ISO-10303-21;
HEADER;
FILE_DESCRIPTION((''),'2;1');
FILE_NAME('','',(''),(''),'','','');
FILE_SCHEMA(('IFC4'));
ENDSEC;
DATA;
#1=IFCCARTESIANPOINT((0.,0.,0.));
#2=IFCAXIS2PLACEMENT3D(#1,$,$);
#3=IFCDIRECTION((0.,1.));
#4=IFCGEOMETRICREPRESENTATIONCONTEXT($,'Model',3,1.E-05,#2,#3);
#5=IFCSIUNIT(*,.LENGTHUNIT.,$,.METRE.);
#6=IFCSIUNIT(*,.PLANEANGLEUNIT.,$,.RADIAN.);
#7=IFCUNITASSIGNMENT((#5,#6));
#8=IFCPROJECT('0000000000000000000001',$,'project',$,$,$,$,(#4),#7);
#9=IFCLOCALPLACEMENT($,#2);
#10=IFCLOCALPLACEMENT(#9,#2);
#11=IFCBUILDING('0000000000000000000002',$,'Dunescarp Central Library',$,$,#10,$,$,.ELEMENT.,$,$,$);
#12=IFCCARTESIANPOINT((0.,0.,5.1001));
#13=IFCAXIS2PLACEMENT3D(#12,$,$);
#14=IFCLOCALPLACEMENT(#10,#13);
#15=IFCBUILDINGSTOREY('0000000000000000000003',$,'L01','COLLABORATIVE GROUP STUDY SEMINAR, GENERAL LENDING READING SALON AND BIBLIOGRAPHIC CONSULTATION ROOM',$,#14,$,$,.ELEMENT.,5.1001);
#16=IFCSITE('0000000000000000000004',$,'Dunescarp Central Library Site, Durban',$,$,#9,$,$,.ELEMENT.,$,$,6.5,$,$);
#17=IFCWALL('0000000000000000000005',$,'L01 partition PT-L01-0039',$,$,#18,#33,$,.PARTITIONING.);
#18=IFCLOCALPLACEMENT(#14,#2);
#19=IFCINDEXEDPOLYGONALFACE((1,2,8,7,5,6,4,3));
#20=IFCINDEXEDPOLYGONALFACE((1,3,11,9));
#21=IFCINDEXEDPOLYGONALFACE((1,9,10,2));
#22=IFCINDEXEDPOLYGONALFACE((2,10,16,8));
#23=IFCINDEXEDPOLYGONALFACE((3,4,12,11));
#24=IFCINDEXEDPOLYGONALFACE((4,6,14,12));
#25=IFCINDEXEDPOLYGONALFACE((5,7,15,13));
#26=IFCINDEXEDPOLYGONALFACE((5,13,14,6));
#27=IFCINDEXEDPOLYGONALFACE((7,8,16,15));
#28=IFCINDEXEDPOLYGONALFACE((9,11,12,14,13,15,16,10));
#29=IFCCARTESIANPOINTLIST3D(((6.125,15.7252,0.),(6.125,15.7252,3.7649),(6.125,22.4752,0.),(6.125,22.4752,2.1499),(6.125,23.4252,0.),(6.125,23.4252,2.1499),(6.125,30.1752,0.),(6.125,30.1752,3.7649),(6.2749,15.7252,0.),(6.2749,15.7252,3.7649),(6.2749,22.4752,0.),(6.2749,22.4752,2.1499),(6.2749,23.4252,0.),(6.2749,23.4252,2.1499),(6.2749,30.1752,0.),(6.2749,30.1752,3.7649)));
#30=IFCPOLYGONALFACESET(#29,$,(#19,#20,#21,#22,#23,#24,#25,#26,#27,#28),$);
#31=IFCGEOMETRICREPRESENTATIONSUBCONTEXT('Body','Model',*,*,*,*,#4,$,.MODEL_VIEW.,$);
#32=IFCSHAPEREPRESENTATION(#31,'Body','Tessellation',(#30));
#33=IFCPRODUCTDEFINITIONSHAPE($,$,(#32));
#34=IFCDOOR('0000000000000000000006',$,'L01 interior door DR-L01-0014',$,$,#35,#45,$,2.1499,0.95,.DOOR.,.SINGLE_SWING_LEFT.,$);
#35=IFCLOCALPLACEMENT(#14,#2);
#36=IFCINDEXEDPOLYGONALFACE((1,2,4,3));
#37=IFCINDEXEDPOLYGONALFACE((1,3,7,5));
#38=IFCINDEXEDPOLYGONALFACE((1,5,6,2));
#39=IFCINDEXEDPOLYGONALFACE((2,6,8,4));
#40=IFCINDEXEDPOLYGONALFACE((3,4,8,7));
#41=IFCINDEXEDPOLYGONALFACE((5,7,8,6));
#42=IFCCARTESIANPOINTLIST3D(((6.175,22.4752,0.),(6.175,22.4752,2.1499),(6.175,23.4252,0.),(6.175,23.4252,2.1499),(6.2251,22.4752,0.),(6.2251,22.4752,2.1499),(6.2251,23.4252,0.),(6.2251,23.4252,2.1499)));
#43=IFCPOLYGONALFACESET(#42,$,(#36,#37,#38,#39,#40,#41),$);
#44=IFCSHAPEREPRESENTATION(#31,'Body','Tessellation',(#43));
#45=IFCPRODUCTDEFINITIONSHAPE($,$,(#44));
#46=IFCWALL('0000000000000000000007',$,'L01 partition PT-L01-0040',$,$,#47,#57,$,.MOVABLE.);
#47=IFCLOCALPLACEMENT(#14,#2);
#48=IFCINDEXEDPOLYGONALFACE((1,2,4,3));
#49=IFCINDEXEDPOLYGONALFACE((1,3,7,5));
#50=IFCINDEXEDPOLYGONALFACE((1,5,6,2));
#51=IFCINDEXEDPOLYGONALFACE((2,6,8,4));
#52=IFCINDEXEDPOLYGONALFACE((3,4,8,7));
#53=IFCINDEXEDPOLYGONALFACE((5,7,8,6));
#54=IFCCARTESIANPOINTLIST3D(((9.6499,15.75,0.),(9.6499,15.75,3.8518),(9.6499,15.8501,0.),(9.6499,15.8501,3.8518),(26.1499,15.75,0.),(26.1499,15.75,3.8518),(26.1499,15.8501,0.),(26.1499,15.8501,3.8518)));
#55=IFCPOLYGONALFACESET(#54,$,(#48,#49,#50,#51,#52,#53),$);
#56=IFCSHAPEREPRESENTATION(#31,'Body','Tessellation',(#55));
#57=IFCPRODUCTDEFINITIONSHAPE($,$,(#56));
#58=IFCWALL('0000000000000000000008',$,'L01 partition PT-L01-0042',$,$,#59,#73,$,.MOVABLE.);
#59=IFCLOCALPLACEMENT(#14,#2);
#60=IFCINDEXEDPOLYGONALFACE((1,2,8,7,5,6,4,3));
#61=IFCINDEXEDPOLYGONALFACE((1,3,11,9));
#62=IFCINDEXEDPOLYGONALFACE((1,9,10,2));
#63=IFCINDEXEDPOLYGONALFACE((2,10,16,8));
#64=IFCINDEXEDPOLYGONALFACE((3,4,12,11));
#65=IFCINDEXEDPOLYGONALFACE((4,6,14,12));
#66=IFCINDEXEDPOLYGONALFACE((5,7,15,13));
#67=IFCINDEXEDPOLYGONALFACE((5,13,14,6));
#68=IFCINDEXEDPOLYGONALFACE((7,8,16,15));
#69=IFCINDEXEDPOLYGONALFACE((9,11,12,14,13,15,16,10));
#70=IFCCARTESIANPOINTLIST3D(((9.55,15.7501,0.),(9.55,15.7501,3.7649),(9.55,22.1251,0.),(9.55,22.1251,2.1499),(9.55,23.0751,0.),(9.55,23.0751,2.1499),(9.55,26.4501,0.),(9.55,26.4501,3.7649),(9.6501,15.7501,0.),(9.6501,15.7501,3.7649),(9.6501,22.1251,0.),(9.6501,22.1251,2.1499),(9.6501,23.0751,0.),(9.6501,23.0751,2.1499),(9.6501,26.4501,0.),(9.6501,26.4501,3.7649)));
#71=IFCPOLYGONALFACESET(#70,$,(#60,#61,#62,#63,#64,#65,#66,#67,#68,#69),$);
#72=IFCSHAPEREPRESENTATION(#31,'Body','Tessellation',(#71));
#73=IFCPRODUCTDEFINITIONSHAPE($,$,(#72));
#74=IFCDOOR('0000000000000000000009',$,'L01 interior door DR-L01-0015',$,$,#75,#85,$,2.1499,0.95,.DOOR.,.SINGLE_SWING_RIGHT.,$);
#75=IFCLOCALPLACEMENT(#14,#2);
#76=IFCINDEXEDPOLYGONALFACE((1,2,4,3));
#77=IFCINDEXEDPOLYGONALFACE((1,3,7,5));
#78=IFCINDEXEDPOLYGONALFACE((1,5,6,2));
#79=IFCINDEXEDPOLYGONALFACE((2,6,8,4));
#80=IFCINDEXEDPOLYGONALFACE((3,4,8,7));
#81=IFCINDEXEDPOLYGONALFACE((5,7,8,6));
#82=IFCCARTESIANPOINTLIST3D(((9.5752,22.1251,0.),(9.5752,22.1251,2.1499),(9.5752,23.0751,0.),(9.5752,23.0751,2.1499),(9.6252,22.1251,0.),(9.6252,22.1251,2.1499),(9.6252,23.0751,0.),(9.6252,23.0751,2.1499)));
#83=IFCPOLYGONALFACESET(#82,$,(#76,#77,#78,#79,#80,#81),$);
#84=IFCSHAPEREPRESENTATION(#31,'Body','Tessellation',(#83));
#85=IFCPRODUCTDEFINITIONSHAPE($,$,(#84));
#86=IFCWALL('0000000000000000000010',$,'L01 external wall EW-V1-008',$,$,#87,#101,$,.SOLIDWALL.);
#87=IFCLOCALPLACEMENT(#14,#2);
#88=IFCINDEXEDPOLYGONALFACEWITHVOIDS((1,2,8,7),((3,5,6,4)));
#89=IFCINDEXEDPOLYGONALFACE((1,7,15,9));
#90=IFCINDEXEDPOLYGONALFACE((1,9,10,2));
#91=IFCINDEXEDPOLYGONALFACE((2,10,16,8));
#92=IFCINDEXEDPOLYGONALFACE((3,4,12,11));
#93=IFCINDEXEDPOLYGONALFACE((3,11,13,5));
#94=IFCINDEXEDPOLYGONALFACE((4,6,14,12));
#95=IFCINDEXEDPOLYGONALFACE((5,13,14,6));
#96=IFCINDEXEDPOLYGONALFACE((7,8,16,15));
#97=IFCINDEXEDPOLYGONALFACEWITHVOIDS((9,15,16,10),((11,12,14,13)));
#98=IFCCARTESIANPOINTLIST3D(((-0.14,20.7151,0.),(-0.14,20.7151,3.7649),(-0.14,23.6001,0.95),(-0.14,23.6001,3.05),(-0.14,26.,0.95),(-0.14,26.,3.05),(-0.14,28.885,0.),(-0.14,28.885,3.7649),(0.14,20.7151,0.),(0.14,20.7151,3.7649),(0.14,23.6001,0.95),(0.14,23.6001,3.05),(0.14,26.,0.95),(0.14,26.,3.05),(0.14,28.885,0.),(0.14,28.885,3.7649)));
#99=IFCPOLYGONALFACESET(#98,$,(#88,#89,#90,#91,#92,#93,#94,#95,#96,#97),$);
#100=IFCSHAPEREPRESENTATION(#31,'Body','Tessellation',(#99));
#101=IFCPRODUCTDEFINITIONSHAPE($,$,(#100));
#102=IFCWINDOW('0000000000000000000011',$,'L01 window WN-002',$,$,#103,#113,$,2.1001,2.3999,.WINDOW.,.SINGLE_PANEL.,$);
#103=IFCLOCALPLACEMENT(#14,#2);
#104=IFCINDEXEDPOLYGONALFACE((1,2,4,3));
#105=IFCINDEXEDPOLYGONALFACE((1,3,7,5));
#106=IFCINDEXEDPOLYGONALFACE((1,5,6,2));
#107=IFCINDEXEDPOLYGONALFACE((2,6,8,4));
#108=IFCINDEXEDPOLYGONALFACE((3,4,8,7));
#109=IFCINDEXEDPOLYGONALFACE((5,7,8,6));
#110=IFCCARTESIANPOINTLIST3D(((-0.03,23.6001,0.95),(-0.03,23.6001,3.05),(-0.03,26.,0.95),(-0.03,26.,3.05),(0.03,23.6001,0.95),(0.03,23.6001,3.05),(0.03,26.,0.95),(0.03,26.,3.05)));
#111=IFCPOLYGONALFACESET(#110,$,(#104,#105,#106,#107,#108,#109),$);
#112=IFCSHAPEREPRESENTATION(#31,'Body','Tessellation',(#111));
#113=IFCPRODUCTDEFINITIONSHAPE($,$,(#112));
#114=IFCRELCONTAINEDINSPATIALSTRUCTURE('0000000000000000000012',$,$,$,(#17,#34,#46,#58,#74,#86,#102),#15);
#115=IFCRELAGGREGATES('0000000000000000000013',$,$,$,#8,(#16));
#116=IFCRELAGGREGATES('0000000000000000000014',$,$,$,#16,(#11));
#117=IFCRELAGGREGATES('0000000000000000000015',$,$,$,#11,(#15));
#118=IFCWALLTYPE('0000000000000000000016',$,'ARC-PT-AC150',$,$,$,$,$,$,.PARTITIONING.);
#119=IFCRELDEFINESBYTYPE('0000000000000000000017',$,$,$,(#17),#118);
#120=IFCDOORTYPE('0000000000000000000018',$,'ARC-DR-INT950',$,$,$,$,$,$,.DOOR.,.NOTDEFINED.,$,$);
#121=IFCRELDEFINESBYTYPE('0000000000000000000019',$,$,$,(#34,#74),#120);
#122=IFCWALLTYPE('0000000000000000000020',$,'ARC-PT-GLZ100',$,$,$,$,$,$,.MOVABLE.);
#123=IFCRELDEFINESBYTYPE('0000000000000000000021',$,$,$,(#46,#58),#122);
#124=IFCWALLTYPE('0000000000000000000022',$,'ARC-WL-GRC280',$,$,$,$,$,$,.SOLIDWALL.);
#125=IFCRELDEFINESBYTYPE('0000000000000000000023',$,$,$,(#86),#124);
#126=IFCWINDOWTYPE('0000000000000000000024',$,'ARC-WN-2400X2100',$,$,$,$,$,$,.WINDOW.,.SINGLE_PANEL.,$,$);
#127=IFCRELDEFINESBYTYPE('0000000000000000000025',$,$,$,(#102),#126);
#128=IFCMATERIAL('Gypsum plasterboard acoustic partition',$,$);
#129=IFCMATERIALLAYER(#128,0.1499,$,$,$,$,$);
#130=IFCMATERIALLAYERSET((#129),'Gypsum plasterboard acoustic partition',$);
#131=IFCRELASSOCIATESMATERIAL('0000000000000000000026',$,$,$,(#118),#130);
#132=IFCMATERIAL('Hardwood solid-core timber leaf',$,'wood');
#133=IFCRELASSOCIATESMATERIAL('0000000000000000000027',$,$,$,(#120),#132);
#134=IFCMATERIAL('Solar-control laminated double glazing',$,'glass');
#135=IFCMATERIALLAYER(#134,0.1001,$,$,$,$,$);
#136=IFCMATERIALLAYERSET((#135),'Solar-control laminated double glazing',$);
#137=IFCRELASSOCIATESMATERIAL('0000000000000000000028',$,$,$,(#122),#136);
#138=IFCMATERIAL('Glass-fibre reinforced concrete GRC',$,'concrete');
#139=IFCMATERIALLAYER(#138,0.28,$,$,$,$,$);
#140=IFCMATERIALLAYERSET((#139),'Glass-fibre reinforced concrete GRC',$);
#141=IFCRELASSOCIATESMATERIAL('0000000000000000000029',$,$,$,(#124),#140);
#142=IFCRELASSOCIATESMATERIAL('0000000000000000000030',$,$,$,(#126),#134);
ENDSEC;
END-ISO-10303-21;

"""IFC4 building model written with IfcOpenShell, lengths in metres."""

from ifc_helpers import new_model, si_unit, direction, frame, frame_2d, origin, place, context, subcontext, project, spatial, rectangle, extrude, material, layer, layer_set, type_object, element, fill, save


model = new_model("IFC4")

# Units and contexts
model_context = context("Model", 3, precision=1e-05, world=origin(), true_north=direction((0.0, 1.0)))
body_context = subcontext(model_context, "Body", "Model", "MODEL_VIEW")
ifc_project = project(units=[si_unit("LENGTHUNIT", "METRE"), si_unit("PLANEANGLEUNIT", "RADIAN")], contexts=[model_context])

# Site, building, storey
site_placement = place(None, origin())
site = spatial("IfcSite", under=ifc_project, at=site_placement, Name="Dunescarp Central Library Site, Durban", CompositionType="ELEMENT", RefElevation=6.5)
building_placement = place(site_placement, origin())
building = spatial("IfcBuilding", under=site, at=building_placement, Name="Dunescarp Central Library", CompositionType="ELEMENT")
storey_placement = place(building_placement, frame((0.0, 0.0, 5.1001)))
storey = spatial("IfcBuildingStorey", under=building, at=storey_placement, Name="L01", Description="COLLABORATIVE GROUP STUDY SEMINAR, GENERAL LENDING READING SALON AND BIBLIOGRAPHIC CONSULTATION ROOM", CompositionType="ELEMENT", Elevation=5.1001)

# Shared definitions
ifc_material_1 = material(Name="Solar-control laminated double glazing", Category="glass")

# Shared definitions
ifc_material_2 = material(Name="Gypsum plasterboard acoustic partition")
ifc_layer_1 = layer(ifc_material_2, 0.1499)
ifc_layer_set_1 = layer_set([ifc_layer_1], Name="Gypsum plasterboard acoustic partition")
wall_type_1 = type_object("IfcWallType", Name="ARC-PT-AC150", PredefinedType="PARTITIONING", material=ifc_layer_set_1)

# Wall, opening, door
wall_1_placement = place(storey_placement, frame((6.2, 15.7251, 0.0), z_axis=(0.0, 0.0, 1.0), x_axis=(0.0, 1.0, 0.0)))
wall_1 = element("IfcWall", 1, at=wall_1_placement, inside=storey, type_object=wall_type_1, Name="L01 partition PT-L01-0039", PredefinedType="PARTITIONING", context=body_context, shape_type="SweptSolid", body=[
    extrude(rectangle(XDim=14.45, YDim=0.1499, at=frame_2d((7.2251, 0.0))), origin(), (0.0, 0.0, 1.0), 3.7649),
])
opening_1_placement = place(wall_1_placement, frame((6.75, 0.0, 0.0)))
opening_1 = element("IfcOpeningElement", 2, at=opening_1_placement, cuts=wall_1, PredefinedType="OPENING", context=body_context, shape_type="SweptSolid", body=[
    extrude(rectangle(XDim=0.95, YDim=2.1499, at=frame_2d((0.4751, 1.075))), frame((0.0, 0.085, 0.0), z_axis=(0.0, -1.0, 0.0), x_axis=(1.0, 0.0, 0.0)), (0.0, 0.0, 1.0), 0.1699),
])
ifc_material_3 = material(Name="Hardwood solid-core timber leaf", Category="wood")
door_type = type_object("IfcDoorType", Name="ARC-DR-INT950", OperationType="NOTDEFINED", PredefinedType="DOOR", material=ifc_material_3)
door_1_placement = place(opening_1_placement, origin())
door_1 = element("IfcDoor", 3, at=door_1_placement, inside=storey, type_object=door_type, Name="L01 interior door DR-L01-0014", OperationType="SINGLE_SWING_LEFT", OverallHeight=2.1499, OverallWidth=0.95, PredefinedType="DOOR", context=body_context, shape_type="SweptSolid", body=[
    extrude(rectangle(XDim=0.95, YDim=2.1499, at=frame_2d((0.4751, 1.075))), frame((0.0, 0.0249, 0.0), z_axis=(0.0, -1.0, 0.0), x_axis=(1.0, 0.0, 0.0)), (0.0, 0.0, 1.0), 0.05),
])
fill(opening_1, door_1)

# Wall
ifc_layer_2 = layer(ifc_material_1, 0.1001)
ifc_layer_set_2 = layer_set([ifc_layer_2], Name="Solar-control laminated double glazing")
wall_type_2 = type_object("IfcWallType", Name="ARC-PT-GLZ100", PredefinedType="MOVABLE", material=ifc_layer_set_2)
wall_2_placement = place(storey_placement, frame((9.6499, 15.8, 0.0), z_axis=(0.0, 0.0, 1.0), x_axis=(1.0, 0.0, 0.0)))
element("IfcWall", 4, at=wall_2_placement, inside=storey, type_object=wall_type_2, Name="L01 partition PT-L01-0040", PredefinedType="MOVABLE", context=body_context, shape_type="SweptSolid", body=[
    extrude(rectangle(XDim=16.5, YDim=0.1001, at=frame_2d((8.25, 0.0))), origin(), (0.0, 0.0, 1.0), 3.8518),
])

# Wall, opening, door
wall_3_placement = place(storey_placement, frame((9.6001, 15.75, 0.0), z_axis=(0.0, 0.0, 1.0), x_axis=(0.0, 1.0, 0.0)))
wall_3 = element("IfcWall", 5, at=wall_3_placement, inside=storey, type_object=wall_type_2, Name="L01 partition PT-L01-0042", PredefinedType="MOVABLE", context=body_context, shape_type="SweptSolid", body=[
    extrude(rectangle(XDim=10.7, YDim=0.1001, at=frame_2d((5.3501, 0.0))), origin(), (0.0, 0.0, 1.0), 3.7649),
])
opening_2_placement = place(wall_3_placement, frame((6.375, 0.0, 0.0)))
opening_2 = element("IfcOpeningElement", 6, at=opening_2_placement, cuts=wall_3, PredefinedType="OPENING", context=body_context, shape_type="SweptSolid", body=[
    extrude(rectangle(XDim=0.95, YDim=2.1499, at=frame_2d((0.4751, 1.075))), frame((0.0, 0.0601, 0.0), z_axis=(0.0, -1.0, 0.0), x_axis=(1.0, 0.0, 0.0)), (0.0, 0.0, 1.0), 0.1201),
])
door_2_placement = place(opening_2_placement, origin())
door_2 = element("IfcDoor", 7, at=door_2_placement, inside=storey, type_object=door_type, Name="L01 interior door DR-L01-0015", OperationType="SINGLE_SWING_RIGHT", OverallHeight=2.1499, OverallWidth=0.95, PredefinedType="DOOR", context=body_context, shape_type="SweptSolid", body=[
    extrude(rectangle(XDim=0.95, YDim=2.1499, at=frame_2d((0.4751, 1.075))), frame((0.0, 0.0249, 0.0), z_axis=(0.0, -1.0, 0.0), x_axis=(1.0, 0.0, 0.0)), (0.0, 0.0, 1.0), 0.05),
])
fill(opening_2, door_2)

# Wall, opening, window
ifc_material_4 = material(Name="Glass-fibre reinforced concrete GRC", Category="concrete")
ifc_layer_3 = layer(ifc_material_4, 0.28)
ifc_layer_set_3 = layer_set([ifc_layer_3], Name="Glass-fibre reinforced concrete GRC")
wall_type_3 = type_object("IfcWallType", Name="ARC-WL-GRC280", PredefinedType="SOLIDWALL", material=ifc_layer_set_3)
wall_4_placement = place(storey_placement, frame((0.0, 20.7151, 0.0), z_axis=(0.0, 0.0, 1.0), x_axis=(0.0, 1.0, 0.0)))
wall_4 = element("IfcWall", 8, at=wall_4_placement, inside=storey, type_object=wall_type_3, Name="L01 external wall EW-V1-008", PredefinedType="SOLIDWALL", context=body_context, shape_type="SweptSolid", body=[
    extrude(rectangle(XDim=8.1699, YDim=0.28, at=frame_2d((4.085, 0.0))), origin(), (0.0, 0.0, 1.0), 3.7649),
])
opening_3_placement = place(wall_4_placement, frame((2.885, 0.0, 0.95)))
opening_3 = element("IfcOpeningElement", 9, at=opening_3_placement, cuts=wall_4, PredefinedType="OPENING", context=body_context, shape_type="SweptSolid", body=[
    extrude(rectangle(XDim=2.3999, YDim=2.1001, at=frame_2d((1.2, 1.05))), frame((0.0, 0.1499, 0.0), z_axis=(0.0, -1.0, 0.0), x_axis=(1.0, 0.0, 0.0)), (0.0, 0.0, 1.0), 0.3),
])
window_type = type_object("IfcWindowType", Name="ARC-WN-2400X2100", PartitioningType="SINGLE_PANEL", PredefinedType="WINDOW", material=ifc_material_1)
window_placement = place(opening_3_placement, origin())
window = element("IfcWindow", 10, at=window_placement, inside=storey, type_object=window_type, Name="L01 window WN-002", OverallHeight=2.1001, OverallWidth=2.3999, PartitioningType="SINGLE_PANEL", PredefinedType="WINDOW", context=body_context, shape_type="SweptSolid", body=[
    extrude(rectangle(XDim=2.3999, YDim=2.1001, at=frame_2d((1.2, 1.05))), frame((0.0, 0.03, 0.0), z_axis=(0.0, -1.0, 0.0), x_axis=(1.0, 0.0, 0.0)), (0.0, 0.0, 1.0), 0.0601),
])
fill(opening_3, window)

save(model, "model.ifc")
